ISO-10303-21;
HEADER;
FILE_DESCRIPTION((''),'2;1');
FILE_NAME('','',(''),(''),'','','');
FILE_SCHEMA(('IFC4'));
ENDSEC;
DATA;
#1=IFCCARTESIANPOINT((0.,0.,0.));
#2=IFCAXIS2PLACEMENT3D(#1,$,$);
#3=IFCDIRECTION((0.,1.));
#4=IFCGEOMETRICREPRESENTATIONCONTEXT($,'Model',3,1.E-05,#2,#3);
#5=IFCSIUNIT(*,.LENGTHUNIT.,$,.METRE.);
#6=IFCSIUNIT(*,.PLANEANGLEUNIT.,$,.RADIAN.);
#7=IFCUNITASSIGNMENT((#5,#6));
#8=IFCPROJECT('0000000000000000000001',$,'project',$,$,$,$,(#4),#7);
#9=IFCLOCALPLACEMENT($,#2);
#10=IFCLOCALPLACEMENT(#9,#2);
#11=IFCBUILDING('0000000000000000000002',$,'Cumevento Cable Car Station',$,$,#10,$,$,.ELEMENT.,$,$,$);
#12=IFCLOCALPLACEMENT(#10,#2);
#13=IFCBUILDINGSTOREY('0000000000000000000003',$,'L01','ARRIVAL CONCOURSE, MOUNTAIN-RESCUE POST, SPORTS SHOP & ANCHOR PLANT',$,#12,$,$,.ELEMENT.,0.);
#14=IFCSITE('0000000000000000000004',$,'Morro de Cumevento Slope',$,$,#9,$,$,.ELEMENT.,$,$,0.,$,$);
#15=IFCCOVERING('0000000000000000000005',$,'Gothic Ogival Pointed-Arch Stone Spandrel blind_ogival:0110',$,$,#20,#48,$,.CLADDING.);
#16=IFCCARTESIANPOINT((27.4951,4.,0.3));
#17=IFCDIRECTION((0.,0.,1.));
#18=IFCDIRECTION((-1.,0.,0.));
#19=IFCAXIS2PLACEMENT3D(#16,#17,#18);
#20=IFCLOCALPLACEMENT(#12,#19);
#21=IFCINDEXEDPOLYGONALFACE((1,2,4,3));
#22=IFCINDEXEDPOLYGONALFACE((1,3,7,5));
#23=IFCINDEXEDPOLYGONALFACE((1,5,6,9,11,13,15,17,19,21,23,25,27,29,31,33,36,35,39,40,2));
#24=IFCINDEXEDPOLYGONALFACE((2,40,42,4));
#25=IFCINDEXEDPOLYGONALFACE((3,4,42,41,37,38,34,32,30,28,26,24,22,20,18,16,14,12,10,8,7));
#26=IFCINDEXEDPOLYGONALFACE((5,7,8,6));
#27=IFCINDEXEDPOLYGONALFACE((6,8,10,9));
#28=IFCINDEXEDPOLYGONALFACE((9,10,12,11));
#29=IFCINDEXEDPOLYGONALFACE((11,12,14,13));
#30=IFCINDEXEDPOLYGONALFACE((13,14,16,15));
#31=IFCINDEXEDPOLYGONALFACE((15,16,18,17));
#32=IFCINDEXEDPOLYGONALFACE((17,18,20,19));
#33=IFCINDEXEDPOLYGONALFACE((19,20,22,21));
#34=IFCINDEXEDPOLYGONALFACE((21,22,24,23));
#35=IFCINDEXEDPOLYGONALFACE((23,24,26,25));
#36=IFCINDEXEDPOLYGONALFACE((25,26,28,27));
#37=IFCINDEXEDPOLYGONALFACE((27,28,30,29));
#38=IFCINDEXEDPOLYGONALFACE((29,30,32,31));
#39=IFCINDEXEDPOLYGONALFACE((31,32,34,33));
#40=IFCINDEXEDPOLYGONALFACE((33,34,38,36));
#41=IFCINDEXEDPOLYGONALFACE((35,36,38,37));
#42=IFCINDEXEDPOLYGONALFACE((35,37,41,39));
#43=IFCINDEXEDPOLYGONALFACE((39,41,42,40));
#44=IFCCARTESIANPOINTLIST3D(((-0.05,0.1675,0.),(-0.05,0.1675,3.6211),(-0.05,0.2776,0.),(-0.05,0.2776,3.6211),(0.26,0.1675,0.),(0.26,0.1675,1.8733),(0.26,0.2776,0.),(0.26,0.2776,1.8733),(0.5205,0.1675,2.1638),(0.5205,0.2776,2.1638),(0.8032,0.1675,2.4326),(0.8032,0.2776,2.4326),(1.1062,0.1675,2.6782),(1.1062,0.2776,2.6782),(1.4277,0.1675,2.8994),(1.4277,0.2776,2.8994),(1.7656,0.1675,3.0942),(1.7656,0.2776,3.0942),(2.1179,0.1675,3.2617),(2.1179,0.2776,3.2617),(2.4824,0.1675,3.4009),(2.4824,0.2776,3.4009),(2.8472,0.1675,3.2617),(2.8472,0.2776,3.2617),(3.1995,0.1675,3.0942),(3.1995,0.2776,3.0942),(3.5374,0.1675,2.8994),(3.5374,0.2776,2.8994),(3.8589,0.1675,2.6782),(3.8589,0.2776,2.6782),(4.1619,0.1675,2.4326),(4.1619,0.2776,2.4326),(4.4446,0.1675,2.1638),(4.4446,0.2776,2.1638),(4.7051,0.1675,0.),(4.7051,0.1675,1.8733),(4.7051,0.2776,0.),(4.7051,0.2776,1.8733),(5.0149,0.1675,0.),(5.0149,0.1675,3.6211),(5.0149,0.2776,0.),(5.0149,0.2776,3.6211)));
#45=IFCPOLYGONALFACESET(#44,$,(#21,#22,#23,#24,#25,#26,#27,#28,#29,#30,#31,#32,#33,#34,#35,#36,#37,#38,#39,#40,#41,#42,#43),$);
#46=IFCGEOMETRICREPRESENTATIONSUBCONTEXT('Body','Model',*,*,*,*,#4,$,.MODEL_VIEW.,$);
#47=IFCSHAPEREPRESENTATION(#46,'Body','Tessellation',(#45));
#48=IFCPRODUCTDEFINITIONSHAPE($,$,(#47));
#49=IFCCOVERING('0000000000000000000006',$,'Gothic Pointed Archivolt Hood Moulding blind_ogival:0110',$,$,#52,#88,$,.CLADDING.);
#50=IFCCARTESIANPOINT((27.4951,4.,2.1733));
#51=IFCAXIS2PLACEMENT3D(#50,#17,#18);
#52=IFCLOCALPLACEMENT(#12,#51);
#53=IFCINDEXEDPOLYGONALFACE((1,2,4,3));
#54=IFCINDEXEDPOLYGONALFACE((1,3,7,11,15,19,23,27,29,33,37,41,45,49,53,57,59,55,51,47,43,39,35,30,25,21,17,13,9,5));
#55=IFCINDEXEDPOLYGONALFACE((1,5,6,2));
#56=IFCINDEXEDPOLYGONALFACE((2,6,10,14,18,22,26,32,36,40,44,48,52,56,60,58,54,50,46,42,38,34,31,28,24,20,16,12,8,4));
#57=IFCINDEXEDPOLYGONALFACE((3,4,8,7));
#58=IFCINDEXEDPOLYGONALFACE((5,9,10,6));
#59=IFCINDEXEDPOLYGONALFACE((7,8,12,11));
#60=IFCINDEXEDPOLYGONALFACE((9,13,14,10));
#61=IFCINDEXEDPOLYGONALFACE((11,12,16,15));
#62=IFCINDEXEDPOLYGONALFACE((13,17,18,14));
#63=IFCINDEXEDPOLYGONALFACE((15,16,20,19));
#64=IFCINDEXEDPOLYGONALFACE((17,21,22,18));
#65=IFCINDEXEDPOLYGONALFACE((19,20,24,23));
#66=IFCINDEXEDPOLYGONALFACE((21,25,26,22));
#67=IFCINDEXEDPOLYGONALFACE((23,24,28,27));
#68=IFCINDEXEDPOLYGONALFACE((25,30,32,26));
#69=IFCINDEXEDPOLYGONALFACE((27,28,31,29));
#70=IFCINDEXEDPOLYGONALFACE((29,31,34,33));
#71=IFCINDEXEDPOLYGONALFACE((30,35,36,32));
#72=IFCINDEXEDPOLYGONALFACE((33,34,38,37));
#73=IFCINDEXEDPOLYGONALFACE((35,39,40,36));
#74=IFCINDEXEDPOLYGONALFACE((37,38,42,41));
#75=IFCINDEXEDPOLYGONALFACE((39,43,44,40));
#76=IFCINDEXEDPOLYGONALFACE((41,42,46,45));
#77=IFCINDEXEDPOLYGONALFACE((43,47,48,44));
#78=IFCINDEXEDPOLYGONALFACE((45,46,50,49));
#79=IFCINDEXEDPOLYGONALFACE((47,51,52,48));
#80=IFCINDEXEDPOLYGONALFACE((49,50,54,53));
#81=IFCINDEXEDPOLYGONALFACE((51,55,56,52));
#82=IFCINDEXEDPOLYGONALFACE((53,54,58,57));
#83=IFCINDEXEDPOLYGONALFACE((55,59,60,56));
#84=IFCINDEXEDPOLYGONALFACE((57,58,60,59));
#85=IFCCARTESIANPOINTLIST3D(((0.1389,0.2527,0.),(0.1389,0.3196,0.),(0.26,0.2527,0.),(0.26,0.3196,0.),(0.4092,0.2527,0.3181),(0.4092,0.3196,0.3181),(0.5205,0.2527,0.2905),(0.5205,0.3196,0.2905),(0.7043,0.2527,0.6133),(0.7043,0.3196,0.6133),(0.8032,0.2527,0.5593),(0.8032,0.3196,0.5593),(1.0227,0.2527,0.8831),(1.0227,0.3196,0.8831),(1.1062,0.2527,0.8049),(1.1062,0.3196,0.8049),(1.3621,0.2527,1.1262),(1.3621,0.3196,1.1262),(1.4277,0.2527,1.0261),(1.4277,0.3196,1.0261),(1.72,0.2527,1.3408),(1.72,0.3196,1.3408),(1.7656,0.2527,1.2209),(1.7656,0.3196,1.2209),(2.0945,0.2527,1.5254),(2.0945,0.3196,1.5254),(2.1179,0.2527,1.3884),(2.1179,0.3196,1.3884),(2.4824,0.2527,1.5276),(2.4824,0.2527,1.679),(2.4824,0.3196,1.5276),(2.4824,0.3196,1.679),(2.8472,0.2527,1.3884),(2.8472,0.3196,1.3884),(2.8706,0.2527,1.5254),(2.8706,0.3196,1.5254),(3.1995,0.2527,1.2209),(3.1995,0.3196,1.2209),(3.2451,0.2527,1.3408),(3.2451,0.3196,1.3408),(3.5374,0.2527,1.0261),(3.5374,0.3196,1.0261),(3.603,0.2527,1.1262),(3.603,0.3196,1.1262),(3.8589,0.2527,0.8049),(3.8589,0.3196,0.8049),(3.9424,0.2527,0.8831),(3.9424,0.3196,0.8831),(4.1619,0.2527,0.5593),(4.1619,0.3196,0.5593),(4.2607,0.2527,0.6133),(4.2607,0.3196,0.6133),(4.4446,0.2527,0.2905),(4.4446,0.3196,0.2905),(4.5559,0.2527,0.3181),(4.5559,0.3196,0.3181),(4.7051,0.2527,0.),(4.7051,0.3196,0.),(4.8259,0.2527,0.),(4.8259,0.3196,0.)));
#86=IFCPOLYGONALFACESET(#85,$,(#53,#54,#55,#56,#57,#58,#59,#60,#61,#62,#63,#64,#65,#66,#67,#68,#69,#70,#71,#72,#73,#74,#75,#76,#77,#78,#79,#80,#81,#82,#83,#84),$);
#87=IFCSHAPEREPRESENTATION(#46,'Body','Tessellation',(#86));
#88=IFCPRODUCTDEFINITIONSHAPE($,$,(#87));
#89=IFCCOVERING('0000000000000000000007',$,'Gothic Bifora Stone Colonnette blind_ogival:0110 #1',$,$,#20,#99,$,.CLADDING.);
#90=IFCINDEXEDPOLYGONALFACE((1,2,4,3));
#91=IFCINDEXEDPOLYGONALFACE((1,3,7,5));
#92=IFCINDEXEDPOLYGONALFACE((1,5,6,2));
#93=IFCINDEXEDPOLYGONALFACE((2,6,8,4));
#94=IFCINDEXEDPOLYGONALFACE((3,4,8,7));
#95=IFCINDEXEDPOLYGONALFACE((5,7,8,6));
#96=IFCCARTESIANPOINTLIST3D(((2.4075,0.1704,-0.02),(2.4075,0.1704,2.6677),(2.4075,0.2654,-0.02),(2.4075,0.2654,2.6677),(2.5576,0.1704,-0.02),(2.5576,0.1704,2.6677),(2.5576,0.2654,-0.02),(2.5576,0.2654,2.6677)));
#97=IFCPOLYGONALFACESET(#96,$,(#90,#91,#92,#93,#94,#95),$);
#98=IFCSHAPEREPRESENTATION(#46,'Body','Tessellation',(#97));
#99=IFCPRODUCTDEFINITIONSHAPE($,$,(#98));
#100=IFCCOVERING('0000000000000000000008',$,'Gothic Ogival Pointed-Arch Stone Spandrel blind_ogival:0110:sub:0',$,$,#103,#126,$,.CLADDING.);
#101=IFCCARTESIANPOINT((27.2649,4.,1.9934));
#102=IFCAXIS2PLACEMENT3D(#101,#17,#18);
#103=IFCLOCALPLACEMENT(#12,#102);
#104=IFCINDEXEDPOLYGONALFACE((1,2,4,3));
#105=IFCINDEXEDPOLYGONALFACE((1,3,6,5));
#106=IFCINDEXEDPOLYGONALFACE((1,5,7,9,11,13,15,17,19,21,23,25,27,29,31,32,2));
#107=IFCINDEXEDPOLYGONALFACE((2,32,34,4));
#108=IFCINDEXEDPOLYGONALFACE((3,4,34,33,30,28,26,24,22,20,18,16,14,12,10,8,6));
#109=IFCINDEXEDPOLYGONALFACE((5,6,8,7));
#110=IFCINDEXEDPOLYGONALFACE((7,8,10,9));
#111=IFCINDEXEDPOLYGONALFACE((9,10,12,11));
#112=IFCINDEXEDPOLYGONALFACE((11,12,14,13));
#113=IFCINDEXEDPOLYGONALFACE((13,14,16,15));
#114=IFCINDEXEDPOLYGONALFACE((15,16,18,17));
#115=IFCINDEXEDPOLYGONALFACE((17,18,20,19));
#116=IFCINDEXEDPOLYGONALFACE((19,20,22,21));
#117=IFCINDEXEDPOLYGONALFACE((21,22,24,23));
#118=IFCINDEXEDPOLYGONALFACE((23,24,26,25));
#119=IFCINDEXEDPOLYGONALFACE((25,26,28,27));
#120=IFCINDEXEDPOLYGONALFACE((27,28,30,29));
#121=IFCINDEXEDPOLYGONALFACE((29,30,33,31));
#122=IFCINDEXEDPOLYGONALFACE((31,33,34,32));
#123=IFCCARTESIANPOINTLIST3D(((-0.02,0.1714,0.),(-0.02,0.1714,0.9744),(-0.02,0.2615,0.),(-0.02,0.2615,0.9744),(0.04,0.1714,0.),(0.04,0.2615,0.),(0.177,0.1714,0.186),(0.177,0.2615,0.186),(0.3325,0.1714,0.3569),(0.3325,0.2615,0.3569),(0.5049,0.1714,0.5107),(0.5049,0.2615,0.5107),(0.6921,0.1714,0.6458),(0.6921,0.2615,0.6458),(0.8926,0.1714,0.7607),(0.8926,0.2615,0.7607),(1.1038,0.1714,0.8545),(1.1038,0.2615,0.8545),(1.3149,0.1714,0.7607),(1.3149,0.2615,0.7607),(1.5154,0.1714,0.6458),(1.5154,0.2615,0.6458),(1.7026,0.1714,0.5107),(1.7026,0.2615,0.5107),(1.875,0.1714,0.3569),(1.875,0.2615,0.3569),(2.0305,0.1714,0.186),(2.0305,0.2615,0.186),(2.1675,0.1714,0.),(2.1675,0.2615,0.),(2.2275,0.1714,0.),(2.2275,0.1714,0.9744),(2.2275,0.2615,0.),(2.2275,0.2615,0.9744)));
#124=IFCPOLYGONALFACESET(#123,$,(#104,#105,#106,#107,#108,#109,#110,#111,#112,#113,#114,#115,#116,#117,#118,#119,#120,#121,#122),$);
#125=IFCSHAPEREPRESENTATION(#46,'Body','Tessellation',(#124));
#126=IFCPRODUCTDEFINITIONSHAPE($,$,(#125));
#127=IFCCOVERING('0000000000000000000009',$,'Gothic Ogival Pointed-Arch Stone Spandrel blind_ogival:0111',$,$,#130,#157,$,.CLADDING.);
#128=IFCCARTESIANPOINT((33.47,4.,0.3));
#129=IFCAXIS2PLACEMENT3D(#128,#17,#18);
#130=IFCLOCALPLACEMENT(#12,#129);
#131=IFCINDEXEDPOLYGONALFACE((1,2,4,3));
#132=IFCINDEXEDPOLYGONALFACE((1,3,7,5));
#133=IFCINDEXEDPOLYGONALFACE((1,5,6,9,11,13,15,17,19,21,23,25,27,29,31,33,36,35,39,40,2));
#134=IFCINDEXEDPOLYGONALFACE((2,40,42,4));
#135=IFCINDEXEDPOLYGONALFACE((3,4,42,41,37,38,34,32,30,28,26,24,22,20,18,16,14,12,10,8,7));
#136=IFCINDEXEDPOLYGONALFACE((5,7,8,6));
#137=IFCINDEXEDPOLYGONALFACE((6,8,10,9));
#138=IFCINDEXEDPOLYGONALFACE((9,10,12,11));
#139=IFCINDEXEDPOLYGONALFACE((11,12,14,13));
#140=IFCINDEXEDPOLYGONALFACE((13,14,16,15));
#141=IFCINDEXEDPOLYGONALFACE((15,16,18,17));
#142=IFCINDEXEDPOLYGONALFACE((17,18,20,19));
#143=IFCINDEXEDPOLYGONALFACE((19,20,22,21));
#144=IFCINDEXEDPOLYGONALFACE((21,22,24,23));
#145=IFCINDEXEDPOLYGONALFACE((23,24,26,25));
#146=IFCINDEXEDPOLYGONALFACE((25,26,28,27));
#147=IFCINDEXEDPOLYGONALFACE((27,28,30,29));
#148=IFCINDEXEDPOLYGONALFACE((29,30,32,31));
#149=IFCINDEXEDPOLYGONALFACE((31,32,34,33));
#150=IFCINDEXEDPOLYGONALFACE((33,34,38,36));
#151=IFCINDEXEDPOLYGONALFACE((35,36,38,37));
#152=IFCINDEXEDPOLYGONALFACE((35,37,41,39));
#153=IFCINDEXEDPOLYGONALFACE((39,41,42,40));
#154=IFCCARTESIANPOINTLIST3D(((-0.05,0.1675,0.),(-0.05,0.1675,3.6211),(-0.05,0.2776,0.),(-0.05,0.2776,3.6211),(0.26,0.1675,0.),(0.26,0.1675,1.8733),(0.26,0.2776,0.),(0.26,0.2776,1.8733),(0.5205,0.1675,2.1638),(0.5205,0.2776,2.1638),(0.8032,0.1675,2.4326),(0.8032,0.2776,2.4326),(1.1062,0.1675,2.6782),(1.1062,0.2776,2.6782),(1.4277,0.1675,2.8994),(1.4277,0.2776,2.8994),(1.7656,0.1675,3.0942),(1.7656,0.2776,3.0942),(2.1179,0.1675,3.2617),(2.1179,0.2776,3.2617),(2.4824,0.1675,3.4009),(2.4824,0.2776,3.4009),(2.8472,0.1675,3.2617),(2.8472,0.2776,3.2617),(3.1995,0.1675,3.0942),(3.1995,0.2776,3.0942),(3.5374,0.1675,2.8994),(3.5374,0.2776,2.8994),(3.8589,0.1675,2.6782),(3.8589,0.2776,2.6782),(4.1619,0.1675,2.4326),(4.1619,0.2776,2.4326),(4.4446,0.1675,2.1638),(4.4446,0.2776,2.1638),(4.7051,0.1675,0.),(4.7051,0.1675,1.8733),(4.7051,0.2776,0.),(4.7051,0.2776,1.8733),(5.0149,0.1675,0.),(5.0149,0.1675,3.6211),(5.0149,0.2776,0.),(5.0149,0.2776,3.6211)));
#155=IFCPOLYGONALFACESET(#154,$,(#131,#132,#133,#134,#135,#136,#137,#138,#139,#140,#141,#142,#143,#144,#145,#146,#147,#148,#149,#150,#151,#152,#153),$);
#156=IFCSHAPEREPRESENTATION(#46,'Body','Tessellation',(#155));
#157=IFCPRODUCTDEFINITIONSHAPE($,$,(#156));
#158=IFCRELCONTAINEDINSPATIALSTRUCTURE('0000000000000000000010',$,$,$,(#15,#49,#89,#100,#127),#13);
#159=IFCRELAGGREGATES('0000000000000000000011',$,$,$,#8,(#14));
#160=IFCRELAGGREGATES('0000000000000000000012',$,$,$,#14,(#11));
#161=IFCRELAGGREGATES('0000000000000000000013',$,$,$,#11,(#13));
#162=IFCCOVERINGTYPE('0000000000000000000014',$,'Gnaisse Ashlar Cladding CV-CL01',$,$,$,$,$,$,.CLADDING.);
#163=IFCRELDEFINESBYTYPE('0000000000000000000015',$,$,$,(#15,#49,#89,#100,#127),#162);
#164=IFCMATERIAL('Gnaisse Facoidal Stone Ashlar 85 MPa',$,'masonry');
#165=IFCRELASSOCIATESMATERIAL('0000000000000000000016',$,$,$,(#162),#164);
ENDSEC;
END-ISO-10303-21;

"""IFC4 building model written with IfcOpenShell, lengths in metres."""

from ifc_helpers import new_model, si_unit, direction, frame, origin, place, context, subcontext, project, spatial, polyline, outline, extrude, material, type_object, element, save


model = new_model("IFC4")

# Units and contexts
model_context = context("Model", 3, precision=1e-05, world=origin(), true_north=direction((0.0, 1.0)))
body_context = subcontext(model_context, "Body", "Model", "MODEL_VIEW")
ifc_project = project(units=[si_unit("LENGTHUNIT", "METRE"), si_unit("PLANEANGLEUNIT", "RADIAN")], contexts=[model_context])

# Site, building, storey
site_placement = place(None, origin())
site = spatial("IfcSite", under=ifc_project, at=site_placement, Name="Morro de Cumevento Slope", CompositionType="ELEMENT", RefElevation=0.0)
building_placement = place(site_placement, origin())
building = spatial("IfcBuilding", under=site, at=building_placement, Name="Cumevento Cable Car Station", CompositionType="ELEMENT")
storey_placement = place(building_placement, origin())
storey = spatial("IfcBuildingStorey", under=building, at=storey_placement, Name="L01", Description="ARRIVAL CONCOURSE, MOUNTAIN-RESCUE POST, SPORTS SHOP & ANCHOR PLANT", CompositionType="ELEMENT", Elevation=0.0)

# Coverings
ifc_material_1 = material(Name="Gnaisse Facoidal Stone Ashlar 85 MPa", Category="masonry")
covering_type = type_object("IfcCoveringType", Name="Gnaisse Ashlar Cladding CV-CL01", PredefinedType="CLADDING", material=ifc_material_1)
placement_1 = place(storey_placement, frame((27.4951, 4.0, 0.3), z_axis=(0.0, 0.0, 1.0), x_axis=(-1.0, 0.0, 0.0)))
element("IfcCovering", 1, at=placement_1, inside=storey, type_object=covering_type, Name="Gothic Ogival Pointed-Arch Stone Spandrel blind_ogival:0110", PredefinedType="CLADDING", context=body_context, shape_type="SweptSolid", body=[
    extrude(outline(polyline([(-0.05, 0.0), (-0.05, 3.6211), (5.0149, 3.6211), (5.0149, 0.0), (4.7051, 0.0), (4.7051, 1.8733), (4.4446, 2.1638), (4.1619, 2.4326), (3.8589, 2.6782), (3.5374, 2.8994), (3.1995, 3.0942), (2.8472, 3.2617), (2.4824, 3.4009), (2.1179, 3.2617), (1.7656, 3.0942), (1.4277, 2.8994), (1.1062, 2.6782), (0.8032, 2.4326), (0.5205, 2.1638), (0.26, 1.8733), (0.26, 0.0), (-0.05, 0.0)])), frame((0.0, 0.2776, 0.0), z_axis=(0.0, -1.0, 0.0), x_axis=(1.0, 0.0, 0.0)), (0.0, 0.0, 1.0), 0.1101),
])
covering_1_placement = place(storey_placement, frame((27.4951, 4.0, 2.1733), z_axis=(0.0, 0.0, 1.0), x_axis=(-1.0, 0.0, 0.0)))
element("IfcCovering", 2, at=covering_1_placement, inside=storey, type_object=covering_type, Name="Gothic Pointed Archivolt Hood Moulding blind_ogival:0110", PredefinedType="CLADDING", context=body_context, shape_type="SweptSolid", body=[
    extrude(outline(polyline([(0.26, 0.0), (0.5205, 0.2905), (0.8032, 0.5593), (1.1062, 0.8049), (1.4277, 1.0261), (1.7656, 1.2209), (2.1179, 1.3884), (2.4824, 1.5276), (2.8472, 1.3884), (3.1995, 1.2209), (3.5374, 1.0261), (3.8589, 0.8049), (4.1619, 0.5593), (4.4446, 0.2905), (4.7051, 0.0), (4.8259, 0.0), (4.5559, 0.3181), (4.2607, 0.6133), (3.9424, 0.8831), (3.603, 1.1262), (3.2451, 1.3408), (2.8706, 1.5254), (2.4824, 1.679), (2.0945, 1.5254), (1.72, 1.3408), (1.3621, 1.1262), (1.0227, 0.8831), (0.7043, 0.6133), (0.4092, 0.3181), (0.1389, 0.0), (0.26, 0.0)])), frame((0.0, 0.3196, 0.0), z_axis=(0.0, -1.0, 0.0), x_axis=(1.0, 0.0, 0.0)), (0.0, 0.0, 1.0), 0.0669),
])
element("IfcCovering", 3, at=placement_1, inside=storey, type_object=covering_type, Name="Gothic Bifora Stone Colonnette blind_ogival:0110 #1", PredefinedType="CLADDING", context=body_context, shape_type="SweptSolid", body=[
    extrude(outline(polyline([(2.4075, -0.02), (2.5576, -0.02), (2.5576, 2.6677), (2.4075, 2.6677), (2.4075, -0.02)])), frame((0.0, 0.2654, 0.0), z_axis=(0.0, -1.0, 0.0), x_axis=(1.0, 0.0, 0.0)), (0.0, 0.0, 1.0), 0.095),
])
covering_2_placement = place(storey_placement, frame((27.2649, 4.0, 1.9934), z_axis=(0.0, 0.0, 1.0), x_axis=(-1.0, 0.0, 0.0)))
element("IfcCovering", 4, at=covering_2_placement, inside=storey, type_object=covering_type, Name="Gothic Ogival Pointed-Arch Stone Spandrel blind_ogival:0110:sub:0", PredefinedType="CLADDING", context=body_context, shape_type="SweptSolid", body=[
    extrude(outline(polyline([(-0.02, 0.0), (-0.02, 0.9744), (2.2275, 0.9744), (2.2275, 0.0), (2.1675, 0.0), (2.0305, 0.186), (1.875, 0.3569), (1.7026, 0.5107), (1.5154, 0.6458), (1.3149, 0.7607), (1.1038, 0.8545), (0.8926, 0.7607), (0.6921, 0.6458), (0.5049, 0.5107), (0.3325, 0.3569), (0.177, 0.186), (0.04, 0.0), (-0.02, 0.0)])), frame((0.0, 0.2615, 0.0), z_axis=(0.0, -1.0, 0.0), x_axis=(1.0, 0.0, 0.0)), (0.0, 0.0, 1.0), 0.0901),
])
placement_2 = place(storey_placement, frame((33.47, 4.0, 0.3), z_axis=(0.0, 0.0, 1.0), x_axis=(-1.0, 0.0, 0.0)))
element("IfcCovering", 5, at=placement_2, inside=storey, type_object=covering_type, Name="Gothic Ogival Pointed-Arch Stone Spandrel blind_ogival:0111", PredefinedType="CLADDING", context=body_context, shape_type="SweptSolid", body=[
    extrude(outline(polyline([(-0.05, 0.0), (-0.05, 3.6211), (5.0149, 3.6211), (5.0149, 0.0), (4.7051, 0.0), (4.7051, 1.8733), (4.4446, 2.1638), (4.1619, 2.4326), (3.8589, 2.6782), (3.5374, 2.8994), (3.1995, 3.0942), (2.8472, 3.2617), (2.4824, 3.4009), (2.1179, 3.2617), (1.7656, 3.0942), (1.4277, 2.8994), (1.1062, 2.6782), (0.8032, 2.4326), (0.5205, 2.1638), (0.26, 1.8733), (0.26, 0.0), (-0.05, 0.0)])), frame((0.0, 0.2776, 0.0), z_axis=(0.0, -1.0, 0.0), x_axis=(1.0, 0.0, 0.0)), (0.0, 0.0, 1.0), 0.1101),
])

save(model, "model.ifc")
